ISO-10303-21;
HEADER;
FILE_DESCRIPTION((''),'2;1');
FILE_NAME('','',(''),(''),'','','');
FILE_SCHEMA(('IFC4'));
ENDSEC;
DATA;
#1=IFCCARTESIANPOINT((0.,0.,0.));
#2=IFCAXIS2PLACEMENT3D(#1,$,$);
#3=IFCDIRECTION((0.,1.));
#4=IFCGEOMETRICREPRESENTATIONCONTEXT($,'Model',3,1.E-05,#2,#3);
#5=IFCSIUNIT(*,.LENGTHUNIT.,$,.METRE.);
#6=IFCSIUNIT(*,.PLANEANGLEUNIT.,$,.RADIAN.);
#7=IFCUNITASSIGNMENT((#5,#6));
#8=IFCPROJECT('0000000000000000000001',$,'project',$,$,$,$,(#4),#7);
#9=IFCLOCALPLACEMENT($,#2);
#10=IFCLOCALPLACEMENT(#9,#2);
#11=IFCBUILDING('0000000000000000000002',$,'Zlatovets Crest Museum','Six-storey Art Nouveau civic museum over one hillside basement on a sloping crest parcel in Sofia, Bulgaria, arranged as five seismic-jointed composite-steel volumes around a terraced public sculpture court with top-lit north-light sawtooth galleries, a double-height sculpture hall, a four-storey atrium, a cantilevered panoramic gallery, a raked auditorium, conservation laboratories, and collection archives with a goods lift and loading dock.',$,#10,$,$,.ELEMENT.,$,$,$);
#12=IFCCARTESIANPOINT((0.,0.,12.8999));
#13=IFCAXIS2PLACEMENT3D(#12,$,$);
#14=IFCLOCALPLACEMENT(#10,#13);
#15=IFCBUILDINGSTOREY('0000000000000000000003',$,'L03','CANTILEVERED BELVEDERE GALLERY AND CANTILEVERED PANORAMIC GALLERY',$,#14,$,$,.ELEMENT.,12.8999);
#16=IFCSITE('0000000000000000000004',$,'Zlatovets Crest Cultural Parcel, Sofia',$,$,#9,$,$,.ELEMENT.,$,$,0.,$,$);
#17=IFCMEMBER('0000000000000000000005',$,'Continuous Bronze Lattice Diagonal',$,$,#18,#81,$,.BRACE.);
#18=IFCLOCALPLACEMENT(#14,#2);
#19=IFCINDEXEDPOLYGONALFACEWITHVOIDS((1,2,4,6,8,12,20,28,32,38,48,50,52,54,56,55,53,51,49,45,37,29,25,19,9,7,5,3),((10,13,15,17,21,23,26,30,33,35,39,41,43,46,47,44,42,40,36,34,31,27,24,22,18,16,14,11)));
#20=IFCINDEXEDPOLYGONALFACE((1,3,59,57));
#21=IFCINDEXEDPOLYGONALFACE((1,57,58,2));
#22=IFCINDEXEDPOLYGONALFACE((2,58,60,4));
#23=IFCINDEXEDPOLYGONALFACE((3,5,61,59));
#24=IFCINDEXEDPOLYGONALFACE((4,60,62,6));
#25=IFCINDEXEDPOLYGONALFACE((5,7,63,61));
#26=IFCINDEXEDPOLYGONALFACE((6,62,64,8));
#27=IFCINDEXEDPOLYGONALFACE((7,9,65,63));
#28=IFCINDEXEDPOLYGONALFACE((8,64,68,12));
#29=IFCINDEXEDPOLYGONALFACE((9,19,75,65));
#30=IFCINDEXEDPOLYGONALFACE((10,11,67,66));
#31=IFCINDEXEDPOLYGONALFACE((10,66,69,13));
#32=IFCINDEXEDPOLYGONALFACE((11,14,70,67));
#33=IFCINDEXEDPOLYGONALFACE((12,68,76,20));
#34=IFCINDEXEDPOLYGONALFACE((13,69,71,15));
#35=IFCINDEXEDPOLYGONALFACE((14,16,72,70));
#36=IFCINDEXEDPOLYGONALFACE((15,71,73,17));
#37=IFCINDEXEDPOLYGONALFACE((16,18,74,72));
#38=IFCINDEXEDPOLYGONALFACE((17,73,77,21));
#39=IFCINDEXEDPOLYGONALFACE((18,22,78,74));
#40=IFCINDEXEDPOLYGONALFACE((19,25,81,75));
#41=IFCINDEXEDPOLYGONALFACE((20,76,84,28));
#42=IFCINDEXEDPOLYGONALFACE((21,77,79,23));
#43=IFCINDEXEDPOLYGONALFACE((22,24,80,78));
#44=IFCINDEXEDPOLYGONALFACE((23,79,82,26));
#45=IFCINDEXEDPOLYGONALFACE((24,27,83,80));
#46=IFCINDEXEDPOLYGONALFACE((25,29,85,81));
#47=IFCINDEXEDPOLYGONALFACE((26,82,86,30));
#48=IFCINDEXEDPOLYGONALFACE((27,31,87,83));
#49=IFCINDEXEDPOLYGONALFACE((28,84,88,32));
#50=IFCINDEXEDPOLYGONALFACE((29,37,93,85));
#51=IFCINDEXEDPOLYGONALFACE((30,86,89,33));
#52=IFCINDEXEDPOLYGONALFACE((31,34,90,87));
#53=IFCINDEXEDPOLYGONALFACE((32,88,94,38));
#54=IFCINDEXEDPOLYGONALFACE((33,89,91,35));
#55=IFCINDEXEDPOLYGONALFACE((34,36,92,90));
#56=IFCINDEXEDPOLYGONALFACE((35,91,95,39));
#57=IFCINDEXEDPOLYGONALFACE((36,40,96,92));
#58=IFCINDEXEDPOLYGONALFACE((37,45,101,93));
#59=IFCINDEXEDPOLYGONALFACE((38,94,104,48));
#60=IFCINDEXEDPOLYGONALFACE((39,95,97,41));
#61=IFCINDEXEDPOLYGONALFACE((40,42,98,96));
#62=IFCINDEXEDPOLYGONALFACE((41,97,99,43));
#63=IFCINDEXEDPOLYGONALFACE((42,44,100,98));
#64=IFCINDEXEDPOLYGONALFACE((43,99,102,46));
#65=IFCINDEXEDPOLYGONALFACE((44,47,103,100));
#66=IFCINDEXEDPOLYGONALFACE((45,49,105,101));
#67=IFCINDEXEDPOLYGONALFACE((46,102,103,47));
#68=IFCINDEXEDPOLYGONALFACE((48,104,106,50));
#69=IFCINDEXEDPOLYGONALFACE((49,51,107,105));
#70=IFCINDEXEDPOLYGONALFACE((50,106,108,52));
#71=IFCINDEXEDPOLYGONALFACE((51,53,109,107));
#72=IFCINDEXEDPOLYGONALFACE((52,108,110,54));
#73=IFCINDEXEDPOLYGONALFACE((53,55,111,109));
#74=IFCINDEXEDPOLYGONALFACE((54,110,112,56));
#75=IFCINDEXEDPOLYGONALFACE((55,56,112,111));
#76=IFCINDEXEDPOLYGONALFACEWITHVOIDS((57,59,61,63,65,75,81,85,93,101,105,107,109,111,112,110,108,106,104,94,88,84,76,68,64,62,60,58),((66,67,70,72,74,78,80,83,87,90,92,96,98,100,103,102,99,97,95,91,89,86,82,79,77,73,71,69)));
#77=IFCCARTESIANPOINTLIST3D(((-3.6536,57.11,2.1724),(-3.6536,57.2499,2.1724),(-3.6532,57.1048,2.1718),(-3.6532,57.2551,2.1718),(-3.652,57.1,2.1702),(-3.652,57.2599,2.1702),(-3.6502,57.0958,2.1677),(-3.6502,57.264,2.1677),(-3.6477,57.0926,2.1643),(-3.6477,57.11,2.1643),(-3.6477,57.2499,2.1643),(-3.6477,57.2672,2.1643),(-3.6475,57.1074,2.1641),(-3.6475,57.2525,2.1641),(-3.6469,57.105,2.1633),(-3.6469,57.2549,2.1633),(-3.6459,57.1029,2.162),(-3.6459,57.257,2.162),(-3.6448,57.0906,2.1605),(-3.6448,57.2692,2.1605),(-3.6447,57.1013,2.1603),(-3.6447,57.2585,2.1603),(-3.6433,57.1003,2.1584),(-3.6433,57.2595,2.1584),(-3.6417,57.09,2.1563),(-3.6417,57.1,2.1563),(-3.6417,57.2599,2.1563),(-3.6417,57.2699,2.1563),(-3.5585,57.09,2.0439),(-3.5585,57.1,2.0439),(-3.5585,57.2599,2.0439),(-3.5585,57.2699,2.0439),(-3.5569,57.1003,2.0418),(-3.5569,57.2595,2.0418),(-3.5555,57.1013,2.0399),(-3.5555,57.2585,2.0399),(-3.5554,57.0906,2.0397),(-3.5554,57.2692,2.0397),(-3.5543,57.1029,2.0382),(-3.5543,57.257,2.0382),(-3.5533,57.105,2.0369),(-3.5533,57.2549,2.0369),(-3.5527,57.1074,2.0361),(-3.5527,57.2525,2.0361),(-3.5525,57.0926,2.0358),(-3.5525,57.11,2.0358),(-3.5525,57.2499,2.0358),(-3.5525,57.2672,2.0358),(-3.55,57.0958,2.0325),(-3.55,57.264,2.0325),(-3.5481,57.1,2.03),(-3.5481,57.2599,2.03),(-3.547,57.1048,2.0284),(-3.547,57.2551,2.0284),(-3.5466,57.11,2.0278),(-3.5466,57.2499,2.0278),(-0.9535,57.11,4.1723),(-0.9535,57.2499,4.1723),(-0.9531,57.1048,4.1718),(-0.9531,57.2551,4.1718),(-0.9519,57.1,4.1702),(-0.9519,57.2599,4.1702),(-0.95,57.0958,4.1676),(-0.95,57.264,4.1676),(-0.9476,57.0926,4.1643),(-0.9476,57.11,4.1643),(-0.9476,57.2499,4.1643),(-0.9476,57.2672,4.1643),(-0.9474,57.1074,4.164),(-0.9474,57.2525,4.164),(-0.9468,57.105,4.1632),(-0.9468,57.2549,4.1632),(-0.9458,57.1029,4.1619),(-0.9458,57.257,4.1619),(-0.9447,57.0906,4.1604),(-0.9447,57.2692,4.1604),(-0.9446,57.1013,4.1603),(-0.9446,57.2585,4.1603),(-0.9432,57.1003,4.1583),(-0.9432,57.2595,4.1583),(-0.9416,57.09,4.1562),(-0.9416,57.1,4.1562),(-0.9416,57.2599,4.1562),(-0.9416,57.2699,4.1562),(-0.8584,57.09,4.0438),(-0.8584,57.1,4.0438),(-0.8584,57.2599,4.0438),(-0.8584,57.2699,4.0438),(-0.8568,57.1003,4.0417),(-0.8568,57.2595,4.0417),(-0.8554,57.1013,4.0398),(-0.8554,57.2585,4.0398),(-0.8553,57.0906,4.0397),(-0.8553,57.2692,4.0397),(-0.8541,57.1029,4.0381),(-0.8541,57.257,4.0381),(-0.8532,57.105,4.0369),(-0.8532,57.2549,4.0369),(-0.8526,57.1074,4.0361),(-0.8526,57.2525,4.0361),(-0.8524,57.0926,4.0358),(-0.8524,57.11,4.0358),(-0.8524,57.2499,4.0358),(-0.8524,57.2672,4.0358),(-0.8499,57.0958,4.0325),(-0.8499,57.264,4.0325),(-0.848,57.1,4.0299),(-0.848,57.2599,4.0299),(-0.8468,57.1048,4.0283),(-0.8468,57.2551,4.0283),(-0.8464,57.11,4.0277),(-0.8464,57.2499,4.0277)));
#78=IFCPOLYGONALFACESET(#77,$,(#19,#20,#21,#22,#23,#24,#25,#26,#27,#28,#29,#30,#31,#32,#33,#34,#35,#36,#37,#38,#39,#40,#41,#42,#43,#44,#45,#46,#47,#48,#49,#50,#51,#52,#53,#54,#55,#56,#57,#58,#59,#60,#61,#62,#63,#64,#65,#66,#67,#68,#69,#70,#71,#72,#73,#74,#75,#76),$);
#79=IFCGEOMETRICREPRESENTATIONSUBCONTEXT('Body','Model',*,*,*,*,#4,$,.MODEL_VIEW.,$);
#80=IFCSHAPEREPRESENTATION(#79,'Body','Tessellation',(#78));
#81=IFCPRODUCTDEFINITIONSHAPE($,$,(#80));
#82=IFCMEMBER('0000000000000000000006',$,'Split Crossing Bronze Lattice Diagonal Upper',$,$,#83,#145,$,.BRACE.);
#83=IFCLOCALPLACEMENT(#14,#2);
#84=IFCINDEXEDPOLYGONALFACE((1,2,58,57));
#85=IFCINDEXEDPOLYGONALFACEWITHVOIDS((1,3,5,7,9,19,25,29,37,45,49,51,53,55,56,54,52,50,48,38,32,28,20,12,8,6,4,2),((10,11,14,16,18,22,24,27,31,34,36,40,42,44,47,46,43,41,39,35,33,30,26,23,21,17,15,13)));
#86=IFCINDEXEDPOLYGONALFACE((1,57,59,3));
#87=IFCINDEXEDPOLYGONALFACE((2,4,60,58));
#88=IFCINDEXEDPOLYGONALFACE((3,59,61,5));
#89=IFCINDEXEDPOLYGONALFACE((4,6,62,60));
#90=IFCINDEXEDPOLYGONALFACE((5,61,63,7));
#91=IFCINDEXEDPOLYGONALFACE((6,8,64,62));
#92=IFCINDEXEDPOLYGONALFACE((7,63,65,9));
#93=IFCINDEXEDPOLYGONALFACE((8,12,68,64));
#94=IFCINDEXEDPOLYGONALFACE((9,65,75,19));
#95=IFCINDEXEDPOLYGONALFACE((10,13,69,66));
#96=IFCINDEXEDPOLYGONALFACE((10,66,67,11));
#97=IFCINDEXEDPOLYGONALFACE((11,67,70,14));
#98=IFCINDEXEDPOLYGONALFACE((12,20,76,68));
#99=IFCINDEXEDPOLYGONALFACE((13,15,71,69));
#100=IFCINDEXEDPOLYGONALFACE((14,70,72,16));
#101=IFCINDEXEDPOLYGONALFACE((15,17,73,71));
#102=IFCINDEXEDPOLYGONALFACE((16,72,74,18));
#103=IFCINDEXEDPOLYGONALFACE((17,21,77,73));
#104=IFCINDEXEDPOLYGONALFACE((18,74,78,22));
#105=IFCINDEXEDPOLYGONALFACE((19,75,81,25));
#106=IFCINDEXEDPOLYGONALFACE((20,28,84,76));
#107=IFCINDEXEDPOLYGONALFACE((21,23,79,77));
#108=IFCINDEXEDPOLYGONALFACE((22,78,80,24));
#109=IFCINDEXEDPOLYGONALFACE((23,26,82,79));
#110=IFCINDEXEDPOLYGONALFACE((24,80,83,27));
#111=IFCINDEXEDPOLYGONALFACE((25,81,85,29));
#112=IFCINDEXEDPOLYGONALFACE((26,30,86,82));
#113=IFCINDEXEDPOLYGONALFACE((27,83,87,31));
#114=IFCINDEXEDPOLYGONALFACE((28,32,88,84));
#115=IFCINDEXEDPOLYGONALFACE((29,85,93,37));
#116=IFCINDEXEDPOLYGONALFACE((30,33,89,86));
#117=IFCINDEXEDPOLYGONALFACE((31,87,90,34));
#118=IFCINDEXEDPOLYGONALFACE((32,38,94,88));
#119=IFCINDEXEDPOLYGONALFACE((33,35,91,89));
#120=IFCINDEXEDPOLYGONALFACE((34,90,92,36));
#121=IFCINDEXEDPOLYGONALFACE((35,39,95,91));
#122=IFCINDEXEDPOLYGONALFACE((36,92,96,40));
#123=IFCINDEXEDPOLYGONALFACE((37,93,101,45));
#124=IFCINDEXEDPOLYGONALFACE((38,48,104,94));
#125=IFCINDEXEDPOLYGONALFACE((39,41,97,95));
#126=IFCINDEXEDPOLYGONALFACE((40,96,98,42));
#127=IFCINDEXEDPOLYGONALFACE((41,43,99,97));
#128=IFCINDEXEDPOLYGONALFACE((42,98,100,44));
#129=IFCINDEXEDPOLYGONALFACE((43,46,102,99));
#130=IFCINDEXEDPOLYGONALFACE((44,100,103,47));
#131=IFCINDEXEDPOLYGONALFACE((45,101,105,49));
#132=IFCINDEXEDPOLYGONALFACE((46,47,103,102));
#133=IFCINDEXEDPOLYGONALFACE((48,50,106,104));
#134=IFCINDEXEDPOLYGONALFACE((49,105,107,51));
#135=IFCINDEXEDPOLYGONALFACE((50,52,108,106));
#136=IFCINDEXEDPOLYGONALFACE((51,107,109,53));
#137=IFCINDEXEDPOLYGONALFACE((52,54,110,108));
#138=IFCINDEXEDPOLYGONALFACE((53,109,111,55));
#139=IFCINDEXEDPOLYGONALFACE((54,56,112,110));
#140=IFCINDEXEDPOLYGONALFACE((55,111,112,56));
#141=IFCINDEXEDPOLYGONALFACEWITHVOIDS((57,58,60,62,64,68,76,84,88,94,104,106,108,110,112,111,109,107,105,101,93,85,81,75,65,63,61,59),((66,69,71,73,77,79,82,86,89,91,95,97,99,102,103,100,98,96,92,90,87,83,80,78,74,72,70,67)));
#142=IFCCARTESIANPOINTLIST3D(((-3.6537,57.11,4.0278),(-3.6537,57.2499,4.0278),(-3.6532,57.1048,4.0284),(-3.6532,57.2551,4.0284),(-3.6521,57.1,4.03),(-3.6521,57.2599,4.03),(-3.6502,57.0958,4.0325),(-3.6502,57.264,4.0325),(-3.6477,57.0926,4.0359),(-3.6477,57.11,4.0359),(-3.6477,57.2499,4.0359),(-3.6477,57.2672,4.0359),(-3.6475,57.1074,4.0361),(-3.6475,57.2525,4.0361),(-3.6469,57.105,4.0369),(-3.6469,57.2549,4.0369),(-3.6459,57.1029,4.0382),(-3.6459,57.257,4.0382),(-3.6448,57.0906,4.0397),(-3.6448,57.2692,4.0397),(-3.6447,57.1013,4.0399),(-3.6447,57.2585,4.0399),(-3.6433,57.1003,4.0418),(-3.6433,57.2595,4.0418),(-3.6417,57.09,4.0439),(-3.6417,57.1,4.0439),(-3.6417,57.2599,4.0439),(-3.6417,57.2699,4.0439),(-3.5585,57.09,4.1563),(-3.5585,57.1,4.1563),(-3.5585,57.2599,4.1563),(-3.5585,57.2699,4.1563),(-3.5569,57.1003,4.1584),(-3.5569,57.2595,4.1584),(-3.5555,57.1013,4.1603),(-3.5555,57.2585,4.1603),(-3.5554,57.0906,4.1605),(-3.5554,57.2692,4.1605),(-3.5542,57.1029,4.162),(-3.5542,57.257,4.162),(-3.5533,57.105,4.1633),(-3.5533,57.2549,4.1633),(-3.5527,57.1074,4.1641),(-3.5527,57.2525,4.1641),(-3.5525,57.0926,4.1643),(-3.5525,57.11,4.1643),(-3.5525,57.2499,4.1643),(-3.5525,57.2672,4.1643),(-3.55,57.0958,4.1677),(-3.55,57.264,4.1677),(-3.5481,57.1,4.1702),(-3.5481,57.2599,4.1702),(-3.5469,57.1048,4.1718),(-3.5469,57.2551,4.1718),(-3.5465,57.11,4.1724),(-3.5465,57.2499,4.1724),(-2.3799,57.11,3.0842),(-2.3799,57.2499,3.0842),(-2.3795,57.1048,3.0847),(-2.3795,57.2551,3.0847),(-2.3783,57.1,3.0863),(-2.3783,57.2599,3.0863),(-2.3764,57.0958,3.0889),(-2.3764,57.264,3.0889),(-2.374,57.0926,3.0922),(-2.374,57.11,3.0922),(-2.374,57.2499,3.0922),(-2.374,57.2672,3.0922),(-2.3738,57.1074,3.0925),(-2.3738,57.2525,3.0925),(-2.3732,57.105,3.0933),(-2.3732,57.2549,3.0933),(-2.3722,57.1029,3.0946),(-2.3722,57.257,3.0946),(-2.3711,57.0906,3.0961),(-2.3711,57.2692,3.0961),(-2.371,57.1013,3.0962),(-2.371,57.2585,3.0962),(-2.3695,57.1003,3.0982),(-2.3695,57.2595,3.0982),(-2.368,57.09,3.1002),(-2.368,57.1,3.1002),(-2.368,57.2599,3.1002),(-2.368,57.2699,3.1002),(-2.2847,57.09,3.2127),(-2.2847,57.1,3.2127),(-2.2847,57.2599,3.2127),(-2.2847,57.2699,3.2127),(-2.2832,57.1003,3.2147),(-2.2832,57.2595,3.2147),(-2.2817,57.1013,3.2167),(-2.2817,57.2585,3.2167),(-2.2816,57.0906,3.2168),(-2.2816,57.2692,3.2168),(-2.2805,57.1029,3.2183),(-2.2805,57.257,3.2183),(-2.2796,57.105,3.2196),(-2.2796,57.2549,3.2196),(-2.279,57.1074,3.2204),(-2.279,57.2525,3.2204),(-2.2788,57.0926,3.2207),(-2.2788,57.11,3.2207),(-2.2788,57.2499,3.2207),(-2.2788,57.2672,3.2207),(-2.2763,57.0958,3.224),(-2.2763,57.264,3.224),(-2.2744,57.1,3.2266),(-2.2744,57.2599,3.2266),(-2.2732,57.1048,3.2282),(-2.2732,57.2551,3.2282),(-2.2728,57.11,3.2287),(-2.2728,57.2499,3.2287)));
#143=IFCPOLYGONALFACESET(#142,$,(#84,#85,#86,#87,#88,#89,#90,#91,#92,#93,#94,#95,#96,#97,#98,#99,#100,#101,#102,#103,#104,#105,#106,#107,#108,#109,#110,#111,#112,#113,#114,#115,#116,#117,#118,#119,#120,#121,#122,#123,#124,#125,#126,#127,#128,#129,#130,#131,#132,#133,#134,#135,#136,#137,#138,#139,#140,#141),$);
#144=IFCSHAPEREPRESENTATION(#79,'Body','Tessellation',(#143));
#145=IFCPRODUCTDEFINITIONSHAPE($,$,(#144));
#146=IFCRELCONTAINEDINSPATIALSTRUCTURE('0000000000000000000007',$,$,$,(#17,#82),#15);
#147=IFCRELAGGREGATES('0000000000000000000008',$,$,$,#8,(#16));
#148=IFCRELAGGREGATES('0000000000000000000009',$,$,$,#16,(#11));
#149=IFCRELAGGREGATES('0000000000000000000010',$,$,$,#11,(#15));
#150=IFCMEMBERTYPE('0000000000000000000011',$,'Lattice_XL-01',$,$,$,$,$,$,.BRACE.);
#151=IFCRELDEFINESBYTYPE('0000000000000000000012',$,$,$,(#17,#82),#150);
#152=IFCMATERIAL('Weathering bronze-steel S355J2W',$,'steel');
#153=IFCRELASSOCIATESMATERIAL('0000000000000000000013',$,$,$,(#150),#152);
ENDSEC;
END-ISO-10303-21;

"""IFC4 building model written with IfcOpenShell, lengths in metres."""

from ifc_helpers import new_model, si_unit, direction, frame, origin, origin_2d, place, context, subcontext, project, spatial, hollow_rectangle, extrude, material, material_profile, profile_set, type_object, element, save


model = new_model("IFC4")

# Units and contexts
model_context = context("Model", 3, precision=1e-05, world=origin(), true_north=direction((0.0, 1.0)))
body_context = subcontext(model_context, "Body", "Model", "MODEL_VIEW")
ifc_project = project(units=[si_unit("LENGTHUNIT", "METRE"), si_unit("PLANEANGLEUNIT", "RADIAN")], contexts=[model_context])

# Site, building, storey
site_placement = place(None, origin())
site = spatial("IfcSite", under=ifc_project, at=site_placement, Name="Zlatovets Crest Cultural Parcel, Sofia", CompositionType="ELEMENT", RefElevation=0.0)
building_placement = place(site_placement, origin())
building = spatial("IfcBuilding", under=site, at=building_placement, Name="Zlatovets Crest Museum", Description="Six-storey Art Nouveau civic museum over one hillside basement on a sloping crest parcel in Sofia, Bulgaria, arranged as five seismic-jointed composite-steel volumes around a terraced public sculpture court with top-lit north-light sawtooth galleries, a double-height sculpture hall, a four-storey atrium, a cantilevered panoramic gallery, a raked auditorium, conservation laboratories, and collection archives with a goods lift and loading dock.", CompositionType="ELEMENT")
storey_placement = place(building_placement, frame((0.0, 0.0, 12.8999)))
storey = spatial("IfcBuildingStorey", under=building, at=storey_placement, Name="L03", Description="CANTILEVERED BELVEDERE GALLERY AND CANTILEVERED PANORAMIC GALLERY", CompositionType="ELEMENT", Elevation=12.8999)

# Members
ifc_material_1 = material(Name="Weathering bronze-steel S355J2W", Category="steel")
ifc_material_profile_1 = material_profile(ifc_material_1, hollow_rectangle(XDim=0.1799, YDim=0.1799, WallThickness=0.01, InnerFilletRadius=0.01, OuterFilletRadius=0.02, at=origin_2d()), Name="SHS 180x180x10.0")
ifc_profile_set_1 = profile_set([ifc_material_profile_1], Name="Weathering bronze-steel S355J2W")
member_type_1 = type_object("IfcMemberType", Name="Lattice_XL-01", PredefinedType="BRACE", material=ifc_profile_set_1)
member_1_placement = place(storey_placement, frame((-3.6001, 57.1799, 2.1001), z_axis=(0.803578, 0.0, 0.5952), x_axis=(0.0, 1.0, 0.0)))
element("IfcMember", 1, at=member_1_placement, inside=storey, type_object=member_type_1, Name="Continuous Bronze Lattice Diagonal", PredefinedType="BRACE", context=body_context, shape_type="SweptSolid", body=[
    extrude(hollow_rectangle(XDim=0.1799, YDim=0.1799, WallThickness=0.01, InnerFilletRadius=0.01, OuterFilletRadius=0.02, at=origin_2d()), origin(), (0.0, 0.0, 1.0), 3.3601),
])
for number, where, z_axis, x_axis, name in (
    (2, (-3.6001, 57.1799, 4.1001), (0.803516, 0.0, -0.595283), (0.0, 1.0, 0.0), "Split Crossing Bronze Lattice Diagonal Upper"),
):
    element("IfcMember", number, at=place(storey_placement, frame(where, z_axis=z_axis, x_axis=x_axis)), inside=storey, type_object=member_type_1, Name=name, PredefinedType="BRACE", context=body_context, shape_type="SweptSolid", body=[
        extrude(hollow_rectangle(XDim=0.1799, YDim=0.1799, WallThickness=0.01, InnerFilletRadius=0.01, OuterFilletRadius=0.02, at=origin_2d()), origin(), (0.0, 0.0, 1.0), 1.5852),
    ])

save(model, "model.ifc")
